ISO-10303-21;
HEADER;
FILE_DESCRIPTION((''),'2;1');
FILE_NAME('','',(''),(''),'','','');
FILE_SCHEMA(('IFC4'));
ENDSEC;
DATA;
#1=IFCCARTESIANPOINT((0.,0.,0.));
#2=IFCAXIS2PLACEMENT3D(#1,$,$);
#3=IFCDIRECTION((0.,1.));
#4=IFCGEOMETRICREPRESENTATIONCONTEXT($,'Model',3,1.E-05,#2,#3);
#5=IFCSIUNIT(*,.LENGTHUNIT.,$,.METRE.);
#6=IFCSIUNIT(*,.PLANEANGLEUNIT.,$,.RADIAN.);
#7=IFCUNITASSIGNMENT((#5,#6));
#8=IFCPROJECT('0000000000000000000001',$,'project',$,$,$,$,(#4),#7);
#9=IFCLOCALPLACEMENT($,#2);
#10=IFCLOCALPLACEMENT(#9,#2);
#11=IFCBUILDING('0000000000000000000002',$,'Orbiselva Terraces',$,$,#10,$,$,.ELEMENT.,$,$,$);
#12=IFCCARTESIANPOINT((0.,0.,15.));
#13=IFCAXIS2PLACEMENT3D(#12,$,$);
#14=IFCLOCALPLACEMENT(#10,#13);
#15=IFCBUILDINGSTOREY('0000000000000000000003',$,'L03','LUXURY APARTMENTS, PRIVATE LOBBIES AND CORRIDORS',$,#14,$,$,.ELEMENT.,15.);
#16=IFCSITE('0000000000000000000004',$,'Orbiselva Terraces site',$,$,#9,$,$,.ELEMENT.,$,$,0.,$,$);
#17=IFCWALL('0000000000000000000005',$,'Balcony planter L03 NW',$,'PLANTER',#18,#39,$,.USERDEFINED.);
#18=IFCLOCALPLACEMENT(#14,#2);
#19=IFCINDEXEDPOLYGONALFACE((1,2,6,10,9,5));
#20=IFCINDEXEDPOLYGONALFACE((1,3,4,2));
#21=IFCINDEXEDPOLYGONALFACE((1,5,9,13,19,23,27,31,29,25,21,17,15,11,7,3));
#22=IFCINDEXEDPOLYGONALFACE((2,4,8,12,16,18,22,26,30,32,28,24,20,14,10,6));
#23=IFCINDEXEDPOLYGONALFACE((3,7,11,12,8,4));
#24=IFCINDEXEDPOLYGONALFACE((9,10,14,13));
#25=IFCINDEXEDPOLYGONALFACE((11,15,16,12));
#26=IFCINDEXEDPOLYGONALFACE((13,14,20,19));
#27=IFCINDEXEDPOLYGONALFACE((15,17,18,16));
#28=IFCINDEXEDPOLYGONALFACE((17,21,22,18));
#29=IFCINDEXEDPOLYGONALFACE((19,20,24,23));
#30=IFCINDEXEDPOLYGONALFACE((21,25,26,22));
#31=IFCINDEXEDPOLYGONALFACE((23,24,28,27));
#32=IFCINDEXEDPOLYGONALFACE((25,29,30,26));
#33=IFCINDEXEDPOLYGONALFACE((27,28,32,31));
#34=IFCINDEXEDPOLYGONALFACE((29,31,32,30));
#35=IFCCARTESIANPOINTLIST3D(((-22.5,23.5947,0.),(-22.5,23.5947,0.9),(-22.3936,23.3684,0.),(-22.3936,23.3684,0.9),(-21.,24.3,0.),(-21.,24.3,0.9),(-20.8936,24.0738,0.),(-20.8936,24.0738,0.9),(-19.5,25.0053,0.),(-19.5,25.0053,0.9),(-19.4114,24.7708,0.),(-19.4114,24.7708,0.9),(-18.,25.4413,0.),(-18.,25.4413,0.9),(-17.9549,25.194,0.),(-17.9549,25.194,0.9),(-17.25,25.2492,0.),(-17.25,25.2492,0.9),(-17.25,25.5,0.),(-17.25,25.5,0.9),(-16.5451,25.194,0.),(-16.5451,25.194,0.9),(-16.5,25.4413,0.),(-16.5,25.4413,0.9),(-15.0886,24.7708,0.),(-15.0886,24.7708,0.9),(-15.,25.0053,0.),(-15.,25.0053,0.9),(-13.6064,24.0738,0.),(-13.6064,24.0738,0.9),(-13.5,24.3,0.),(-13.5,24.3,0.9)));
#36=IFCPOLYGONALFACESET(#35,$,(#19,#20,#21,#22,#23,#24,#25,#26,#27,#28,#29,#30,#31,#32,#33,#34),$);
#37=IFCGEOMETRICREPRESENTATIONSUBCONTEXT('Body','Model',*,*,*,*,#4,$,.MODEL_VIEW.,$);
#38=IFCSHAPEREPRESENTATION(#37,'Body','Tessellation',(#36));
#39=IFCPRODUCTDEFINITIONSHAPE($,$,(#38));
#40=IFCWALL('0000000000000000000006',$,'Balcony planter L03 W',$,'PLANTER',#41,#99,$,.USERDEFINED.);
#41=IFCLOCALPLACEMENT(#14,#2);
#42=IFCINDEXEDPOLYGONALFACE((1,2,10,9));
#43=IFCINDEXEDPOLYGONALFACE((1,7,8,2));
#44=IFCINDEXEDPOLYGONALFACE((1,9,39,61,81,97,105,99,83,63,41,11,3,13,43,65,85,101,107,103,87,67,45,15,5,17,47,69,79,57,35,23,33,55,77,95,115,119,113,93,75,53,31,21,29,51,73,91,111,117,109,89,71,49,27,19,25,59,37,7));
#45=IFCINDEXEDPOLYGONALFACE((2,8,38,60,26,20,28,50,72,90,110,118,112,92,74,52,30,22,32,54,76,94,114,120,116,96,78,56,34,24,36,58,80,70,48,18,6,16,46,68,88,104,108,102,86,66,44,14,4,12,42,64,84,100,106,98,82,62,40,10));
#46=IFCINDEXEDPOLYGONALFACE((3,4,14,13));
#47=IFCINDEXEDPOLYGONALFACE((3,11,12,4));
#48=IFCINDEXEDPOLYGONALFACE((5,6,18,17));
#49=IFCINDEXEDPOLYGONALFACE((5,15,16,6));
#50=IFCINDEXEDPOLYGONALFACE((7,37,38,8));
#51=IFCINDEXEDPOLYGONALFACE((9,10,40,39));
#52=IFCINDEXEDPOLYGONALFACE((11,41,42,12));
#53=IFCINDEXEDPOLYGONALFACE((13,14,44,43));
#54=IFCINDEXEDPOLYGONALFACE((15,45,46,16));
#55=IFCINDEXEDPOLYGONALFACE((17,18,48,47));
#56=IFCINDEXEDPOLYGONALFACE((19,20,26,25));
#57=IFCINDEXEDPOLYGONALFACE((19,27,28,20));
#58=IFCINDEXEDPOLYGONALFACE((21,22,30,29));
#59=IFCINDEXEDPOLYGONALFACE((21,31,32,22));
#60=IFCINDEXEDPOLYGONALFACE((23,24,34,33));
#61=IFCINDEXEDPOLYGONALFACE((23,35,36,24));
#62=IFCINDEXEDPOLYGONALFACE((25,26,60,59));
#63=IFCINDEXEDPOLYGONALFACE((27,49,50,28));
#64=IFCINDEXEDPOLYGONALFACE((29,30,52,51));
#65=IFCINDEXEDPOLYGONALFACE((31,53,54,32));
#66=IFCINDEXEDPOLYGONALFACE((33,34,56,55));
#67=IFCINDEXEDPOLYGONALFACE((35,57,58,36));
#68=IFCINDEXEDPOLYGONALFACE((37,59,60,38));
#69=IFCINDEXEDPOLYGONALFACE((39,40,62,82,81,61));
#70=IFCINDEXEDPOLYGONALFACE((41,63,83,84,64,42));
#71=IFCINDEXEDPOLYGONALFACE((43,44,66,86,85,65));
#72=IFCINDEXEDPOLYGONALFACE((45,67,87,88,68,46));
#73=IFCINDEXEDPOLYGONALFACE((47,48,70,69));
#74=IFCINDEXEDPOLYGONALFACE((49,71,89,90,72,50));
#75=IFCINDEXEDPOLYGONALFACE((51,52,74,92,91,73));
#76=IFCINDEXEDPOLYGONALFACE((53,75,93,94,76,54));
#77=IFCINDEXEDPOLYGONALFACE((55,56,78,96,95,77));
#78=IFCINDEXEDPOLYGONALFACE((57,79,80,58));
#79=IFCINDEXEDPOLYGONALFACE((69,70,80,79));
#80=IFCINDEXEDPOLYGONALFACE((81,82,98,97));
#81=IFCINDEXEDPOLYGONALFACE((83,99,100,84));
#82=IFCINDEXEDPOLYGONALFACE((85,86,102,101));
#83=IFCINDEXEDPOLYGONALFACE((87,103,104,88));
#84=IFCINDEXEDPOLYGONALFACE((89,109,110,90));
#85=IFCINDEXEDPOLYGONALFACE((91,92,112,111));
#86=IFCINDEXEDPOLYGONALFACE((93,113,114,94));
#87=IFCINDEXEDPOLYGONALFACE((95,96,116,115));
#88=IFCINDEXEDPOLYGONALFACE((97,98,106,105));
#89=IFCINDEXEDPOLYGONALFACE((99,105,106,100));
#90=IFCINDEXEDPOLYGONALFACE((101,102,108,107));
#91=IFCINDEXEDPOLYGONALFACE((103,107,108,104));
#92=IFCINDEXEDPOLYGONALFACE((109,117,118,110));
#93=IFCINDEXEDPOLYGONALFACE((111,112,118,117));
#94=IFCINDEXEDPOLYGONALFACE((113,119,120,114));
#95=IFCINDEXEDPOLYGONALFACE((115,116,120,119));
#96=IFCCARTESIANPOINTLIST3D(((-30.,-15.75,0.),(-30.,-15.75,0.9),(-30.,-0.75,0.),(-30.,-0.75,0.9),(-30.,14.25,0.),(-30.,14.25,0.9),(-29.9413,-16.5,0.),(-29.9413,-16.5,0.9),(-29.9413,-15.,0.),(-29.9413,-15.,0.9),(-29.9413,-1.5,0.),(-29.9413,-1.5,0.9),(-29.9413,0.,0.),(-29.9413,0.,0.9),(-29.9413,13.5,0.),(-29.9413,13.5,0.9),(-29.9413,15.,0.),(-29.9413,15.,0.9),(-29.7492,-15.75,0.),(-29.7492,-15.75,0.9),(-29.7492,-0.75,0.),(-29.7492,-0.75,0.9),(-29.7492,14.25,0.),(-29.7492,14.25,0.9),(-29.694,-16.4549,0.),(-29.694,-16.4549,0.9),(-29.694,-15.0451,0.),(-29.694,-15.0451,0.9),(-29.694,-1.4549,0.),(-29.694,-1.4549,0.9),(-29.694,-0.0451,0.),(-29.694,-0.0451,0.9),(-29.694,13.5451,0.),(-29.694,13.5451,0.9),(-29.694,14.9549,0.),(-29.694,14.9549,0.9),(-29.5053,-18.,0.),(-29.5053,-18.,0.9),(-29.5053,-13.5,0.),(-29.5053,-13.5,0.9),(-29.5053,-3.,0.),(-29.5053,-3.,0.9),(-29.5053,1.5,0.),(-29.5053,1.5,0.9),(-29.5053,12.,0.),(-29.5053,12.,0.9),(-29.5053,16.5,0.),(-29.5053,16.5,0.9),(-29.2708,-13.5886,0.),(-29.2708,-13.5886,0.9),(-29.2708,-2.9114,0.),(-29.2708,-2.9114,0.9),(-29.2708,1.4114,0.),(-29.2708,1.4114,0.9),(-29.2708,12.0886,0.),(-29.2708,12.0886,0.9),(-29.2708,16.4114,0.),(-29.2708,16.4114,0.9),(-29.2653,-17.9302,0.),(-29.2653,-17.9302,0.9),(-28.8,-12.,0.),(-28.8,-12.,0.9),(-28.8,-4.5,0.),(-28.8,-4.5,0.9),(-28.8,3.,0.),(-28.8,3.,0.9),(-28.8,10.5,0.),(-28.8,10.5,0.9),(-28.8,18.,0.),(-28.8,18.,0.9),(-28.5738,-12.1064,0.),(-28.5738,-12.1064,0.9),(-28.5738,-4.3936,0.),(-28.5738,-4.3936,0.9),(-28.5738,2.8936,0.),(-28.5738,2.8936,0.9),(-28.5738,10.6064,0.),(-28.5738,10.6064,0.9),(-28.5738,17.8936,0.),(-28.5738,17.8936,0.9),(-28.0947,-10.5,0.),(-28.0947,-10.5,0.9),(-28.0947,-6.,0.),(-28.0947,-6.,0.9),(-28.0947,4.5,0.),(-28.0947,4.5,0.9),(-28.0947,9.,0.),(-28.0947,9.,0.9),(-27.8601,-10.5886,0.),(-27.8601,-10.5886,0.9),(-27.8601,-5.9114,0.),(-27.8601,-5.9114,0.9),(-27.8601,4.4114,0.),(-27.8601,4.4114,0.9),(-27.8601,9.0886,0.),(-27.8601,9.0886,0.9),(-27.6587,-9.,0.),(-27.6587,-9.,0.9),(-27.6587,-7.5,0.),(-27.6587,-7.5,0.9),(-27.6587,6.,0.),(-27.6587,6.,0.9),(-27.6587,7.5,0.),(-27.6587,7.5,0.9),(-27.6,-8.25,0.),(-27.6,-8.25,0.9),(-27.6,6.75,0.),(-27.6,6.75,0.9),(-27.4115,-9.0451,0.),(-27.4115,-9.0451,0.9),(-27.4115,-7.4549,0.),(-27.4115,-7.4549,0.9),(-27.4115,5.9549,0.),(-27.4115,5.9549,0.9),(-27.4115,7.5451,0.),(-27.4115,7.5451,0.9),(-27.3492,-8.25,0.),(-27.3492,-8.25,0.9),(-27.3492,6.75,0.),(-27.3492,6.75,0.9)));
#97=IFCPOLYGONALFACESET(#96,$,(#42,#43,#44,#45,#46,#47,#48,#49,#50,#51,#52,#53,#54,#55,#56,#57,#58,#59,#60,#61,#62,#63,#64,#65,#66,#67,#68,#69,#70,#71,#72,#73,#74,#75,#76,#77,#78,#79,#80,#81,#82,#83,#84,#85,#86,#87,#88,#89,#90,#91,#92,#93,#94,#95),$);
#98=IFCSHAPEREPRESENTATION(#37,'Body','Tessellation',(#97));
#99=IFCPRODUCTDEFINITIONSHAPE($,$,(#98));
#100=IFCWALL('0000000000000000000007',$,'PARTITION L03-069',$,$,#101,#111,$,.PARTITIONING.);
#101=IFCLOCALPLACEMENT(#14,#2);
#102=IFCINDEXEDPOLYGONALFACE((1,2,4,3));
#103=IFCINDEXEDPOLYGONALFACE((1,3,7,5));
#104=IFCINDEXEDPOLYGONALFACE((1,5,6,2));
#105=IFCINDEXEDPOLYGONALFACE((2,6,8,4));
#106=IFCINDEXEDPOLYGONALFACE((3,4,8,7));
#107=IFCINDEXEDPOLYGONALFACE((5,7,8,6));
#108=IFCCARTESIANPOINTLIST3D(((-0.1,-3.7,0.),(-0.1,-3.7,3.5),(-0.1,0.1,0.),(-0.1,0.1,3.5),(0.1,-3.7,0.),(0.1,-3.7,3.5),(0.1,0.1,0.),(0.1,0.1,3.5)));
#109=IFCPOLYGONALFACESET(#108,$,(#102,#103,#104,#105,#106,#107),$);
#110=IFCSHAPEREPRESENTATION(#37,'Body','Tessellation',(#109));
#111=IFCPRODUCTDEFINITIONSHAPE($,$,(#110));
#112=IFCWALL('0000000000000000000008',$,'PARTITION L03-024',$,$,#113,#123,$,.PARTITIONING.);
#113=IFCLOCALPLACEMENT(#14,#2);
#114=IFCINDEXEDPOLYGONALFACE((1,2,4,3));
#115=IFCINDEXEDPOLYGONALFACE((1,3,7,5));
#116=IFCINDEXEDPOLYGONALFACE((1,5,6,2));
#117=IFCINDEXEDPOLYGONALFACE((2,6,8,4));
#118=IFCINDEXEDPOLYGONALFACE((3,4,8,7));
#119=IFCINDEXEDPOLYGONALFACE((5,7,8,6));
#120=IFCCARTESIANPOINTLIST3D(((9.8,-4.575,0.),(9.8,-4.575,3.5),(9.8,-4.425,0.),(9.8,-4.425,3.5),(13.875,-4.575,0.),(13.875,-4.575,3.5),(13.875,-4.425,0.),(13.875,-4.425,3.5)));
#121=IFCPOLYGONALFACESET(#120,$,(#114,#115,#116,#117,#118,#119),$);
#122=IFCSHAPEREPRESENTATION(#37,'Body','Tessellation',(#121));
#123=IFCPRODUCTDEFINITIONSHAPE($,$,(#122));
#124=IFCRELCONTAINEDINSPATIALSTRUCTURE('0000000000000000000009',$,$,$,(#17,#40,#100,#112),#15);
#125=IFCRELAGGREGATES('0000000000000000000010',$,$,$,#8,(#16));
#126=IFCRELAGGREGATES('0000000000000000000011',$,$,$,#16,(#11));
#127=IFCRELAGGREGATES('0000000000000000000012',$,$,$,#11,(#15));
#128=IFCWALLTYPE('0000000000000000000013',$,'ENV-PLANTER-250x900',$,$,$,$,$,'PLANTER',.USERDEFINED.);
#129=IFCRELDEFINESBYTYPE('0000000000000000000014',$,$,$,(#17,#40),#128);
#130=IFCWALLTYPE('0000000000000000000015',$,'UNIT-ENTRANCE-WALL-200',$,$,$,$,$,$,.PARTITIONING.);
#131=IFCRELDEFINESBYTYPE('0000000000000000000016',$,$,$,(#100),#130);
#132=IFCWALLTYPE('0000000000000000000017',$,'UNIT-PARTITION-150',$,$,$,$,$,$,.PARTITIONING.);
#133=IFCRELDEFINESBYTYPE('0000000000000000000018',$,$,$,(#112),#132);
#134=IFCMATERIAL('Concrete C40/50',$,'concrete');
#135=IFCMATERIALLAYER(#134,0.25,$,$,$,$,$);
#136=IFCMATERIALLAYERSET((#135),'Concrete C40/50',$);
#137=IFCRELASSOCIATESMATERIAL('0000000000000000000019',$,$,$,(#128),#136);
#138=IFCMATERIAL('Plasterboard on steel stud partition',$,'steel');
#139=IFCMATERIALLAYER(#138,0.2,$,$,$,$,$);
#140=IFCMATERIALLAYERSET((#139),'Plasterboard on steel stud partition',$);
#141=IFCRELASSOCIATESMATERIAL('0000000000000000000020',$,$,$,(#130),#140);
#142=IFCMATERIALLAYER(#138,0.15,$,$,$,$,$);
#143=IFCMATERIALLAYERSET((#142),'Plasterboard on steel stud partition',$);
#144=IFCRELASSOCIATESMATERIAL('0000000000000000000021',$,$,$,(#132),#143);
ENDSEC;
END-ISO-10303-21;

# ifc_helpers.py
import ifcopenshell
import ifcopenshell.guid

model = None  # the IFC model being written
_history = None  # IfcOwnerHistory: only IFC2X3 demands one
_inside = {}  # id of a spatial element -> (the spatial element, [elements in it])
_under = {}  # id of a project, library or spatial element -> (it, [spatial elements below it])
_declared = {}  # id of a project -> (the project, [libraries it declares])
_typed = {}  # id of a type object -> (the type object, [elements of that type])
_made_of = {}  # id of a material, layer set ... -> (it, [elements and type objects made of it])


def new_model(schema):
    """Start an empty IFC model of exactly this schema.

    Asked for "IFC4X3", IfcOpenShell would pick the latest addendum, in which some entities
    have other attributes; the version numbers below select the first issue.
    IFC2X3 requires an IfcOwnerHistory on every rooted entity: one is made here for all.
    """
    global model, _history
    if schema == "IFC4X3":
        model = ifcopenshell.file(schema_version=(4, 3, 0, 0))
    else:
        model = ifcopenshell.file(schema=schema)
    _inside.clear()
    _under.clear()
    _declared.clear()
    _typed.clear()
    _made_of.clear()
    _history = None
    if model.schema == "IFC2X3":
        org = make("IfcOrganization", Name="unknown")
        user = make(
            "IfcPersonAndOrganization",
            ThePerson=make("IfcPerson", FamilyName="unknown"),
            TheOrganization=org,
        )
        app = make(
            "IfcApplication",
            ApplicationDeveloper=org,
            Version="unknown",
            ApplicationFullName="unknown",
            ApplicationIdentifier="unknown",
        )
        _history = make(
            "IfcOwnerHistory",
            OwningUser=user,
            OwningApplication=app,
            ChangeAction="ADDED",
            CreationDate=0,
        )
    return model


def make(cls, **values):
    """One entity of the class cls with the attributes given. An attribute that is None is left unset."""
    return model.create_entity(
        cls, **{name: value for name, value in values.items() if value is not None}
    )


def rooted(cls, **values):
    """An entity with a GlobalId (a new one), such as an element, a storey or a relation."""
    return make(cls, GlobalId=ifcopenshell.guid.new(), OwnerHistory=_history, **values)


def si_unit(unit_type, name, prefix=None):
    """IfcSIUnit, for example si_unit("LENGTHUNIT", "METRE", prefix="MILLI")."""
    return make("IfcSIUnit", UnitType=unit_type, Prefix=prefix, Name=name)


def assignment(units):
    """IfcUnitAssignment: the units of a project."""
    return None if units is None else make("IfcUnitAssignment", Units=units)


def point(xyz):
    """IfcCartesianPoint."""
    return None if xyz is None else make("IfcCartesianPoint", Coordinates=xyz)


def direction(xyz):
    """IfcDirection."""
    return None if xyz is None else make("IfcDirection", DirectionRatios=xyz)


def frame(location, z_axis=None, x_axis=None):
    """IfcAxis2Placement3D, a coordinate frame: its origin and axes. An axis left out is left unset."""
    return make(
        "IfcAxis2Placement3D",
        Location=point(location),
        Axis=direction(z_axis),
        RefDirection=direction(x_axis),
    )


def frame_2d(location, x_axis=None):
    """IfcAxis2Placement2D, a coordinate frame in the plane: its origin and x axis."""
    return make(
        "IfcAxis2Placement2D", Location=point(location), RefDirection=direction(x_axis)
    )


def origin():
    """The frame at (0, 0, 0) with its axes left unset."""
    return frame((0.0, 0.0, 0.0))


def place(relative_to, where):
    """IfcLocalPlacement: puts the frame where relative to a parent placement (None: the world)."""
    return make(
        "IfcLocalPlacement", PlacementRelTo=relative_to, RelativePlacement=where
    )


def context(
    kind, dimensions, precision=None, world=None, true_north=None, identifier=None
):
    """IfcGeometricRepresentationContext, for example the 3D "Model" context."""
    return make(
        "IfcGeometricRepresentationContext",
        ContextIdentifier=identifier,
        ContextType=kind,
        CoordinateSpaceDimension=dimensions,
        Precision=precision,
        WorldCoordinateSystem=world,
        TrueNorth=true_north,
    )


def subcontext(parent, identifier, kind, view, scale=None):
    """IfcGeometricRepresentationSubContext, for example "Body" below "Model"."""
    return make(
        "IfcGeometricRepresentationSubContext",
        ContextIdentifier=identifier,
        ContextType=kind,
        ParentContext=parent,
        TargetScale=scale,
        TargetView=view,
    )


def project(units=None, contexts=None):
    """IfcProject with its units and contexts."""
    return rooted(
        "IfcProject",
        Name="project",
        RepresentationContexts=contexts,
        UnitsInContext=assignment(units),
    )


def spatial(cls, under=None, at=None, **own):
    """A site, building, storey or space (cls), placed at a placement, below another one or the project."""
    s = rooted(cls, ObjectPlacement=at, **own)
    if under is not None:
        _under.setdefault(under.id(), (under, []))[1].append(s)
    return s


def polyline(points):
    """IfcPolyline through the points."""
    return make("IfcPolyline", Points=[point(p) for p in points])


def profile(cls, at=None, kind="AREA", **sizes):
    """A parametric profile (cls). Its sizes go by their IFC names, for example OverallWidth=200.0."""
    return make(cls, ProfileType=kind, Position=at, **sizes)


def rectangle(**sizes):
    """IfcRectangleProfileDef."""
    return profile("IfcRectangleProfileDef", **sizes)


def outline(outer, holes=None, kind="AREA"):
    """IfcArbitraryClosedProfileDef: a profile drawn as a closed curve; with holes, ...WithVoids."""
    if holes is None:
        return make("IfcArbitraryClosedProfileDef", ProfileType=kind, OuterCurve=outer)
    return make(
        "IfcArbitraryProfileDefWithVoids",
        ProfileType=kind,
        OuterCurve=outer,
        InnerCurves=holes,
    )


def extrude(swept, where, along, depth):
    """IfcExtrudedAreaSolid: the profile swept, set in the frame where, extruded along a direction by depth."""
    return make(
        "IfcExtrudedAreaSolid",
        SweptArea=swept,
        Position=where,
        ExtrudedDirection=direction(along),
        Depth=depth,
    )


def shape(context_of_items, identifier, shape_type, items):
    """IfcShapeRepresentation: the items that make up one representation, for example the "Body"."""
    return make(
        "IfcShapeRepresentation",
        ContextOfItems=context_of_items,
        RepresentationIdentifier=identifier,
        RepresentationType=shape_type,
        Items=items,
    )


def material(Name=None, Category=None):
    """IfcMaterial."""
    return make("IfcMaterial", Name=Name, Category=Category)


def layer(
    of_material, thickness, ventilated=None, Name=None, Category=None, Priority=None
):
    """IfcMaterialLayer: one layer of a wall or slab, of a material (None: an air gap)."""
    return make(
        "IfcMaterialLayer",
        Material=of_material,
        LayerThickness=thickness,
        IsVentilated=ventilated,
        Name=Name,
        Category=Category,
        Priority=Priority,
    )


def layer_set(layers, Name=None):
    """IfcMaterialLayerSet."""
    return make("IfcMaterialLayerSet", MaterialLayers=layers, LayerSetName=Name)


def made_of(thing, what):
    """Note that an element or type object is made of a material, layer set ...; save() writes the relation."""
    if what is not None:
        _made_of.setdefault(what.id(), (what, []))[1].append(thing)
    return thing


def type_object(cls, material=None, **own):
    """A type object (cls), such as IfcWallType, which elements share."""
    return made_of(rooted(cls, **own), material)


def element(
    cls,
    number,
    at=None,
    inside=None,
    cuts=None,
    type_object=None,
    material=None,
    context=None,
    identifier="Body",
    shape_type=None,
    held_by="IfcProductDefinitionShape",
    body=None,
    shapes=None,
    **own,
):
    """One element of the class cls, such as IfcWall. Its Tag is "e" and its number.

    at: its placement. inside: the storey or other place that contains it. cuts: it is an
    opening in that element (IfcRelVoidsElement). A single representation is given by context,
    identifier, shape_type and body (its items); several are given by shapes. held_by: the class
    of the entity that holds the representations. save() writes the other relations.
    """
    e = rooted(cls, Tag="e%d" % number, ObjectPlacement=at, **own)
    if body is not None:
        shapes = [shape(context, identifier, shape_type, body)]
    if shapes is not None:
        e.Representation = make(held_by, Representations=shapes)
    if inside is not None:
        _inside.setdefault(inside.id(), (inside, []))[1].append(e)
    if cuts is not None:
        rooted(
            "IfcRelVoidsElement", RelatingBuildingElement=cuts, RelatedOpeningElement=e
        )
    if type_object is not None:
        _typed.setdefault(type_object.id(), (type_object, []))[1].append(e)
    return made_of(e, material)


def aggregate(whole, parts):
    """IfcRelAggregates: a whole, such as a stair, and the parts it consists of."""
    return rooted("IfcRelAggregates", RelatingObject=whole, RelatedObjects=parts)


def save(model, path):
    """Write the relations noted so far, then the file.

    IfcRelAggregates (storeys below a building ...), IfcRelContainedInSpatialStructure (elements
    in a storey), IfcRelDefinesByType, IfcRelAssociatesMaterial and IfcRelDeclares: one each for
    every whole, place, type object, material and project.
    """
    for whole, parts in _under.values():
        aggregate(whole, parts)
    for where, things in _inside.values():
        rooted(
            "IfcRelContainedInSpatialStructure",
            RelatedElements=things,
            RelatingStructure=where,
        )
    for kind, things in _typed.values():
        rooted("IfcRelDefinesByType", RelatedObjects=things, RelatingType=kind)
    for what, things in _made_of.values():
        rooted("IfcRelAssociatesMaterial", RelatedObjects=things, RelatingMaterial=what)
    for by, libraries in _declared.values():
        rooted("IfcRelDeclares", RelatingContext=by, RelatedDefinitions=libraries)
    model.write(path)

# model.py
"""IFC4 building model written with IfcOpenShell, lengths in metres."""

from ifc_helpers import new_model, si_unit, direction, frame, frame_2d, origin, place, context, subcontext, project, spatial, polyline, rectangle, outline, extrude, material, layer, layer_set, type_object, element, save


model = new_model("IFC4")

# Units and contexts
model_context = context("Model", 3, precision=1e-05, world=origin(), true_north=direction((0.0, 1.0)))
body_context = subcontext(model_context, "Body", "Model", "MODEL_VIEW")
ifc_project = project(units=[si_unit("LENGTHUNIT", "METRE"), si_unit("PLANEANGLEUNIT", "RADIAN")], contexts=[model_context])

# Site, building, storey
site_placement = place(None, origin())
site = spatial("IfcSite", under=ifc_project, at=site_placement, Name="Orbiselva Terraces site", CompositionType="ELEMENT", RefElevation=0.0)
building_placement = place(site_placement, origin())
building = spatial("IfcBuilding", under=site, at=building_placement, Name="Orbiselva Terraces", CompositionType="ELEMENT")
storey_placement = place(building_placement, frame((0.0, 0.0, 15.0)))
storey = spatial("IfcBuildingStorey", under=building, at=storey_placement, Name="L03", Description="LUXURY APARTMENTS, PRIVATE LOBBIES AND CORRIDORS", CompositionType="ELEMENT", Elevation=15.0)

# Shared definitions
ifc_material_1 = material(Name="Concrete C40/50", Category="concrete")

# Walls
ifc_layer_1 = layer(ifc_material_1, 0.25)
ifc_layer_set_1 = layer_set([ifc_layer_1], Name="Concrete C40/50")
wall_type_1 = type_object("IfcWallType", Name="ENV-PLANTER-250x900", ElementType="PLANTER", PredefinedType="USERDEFINED", material=ifc_layer_set_1)
wall_1_placement = place(storey_placement, origin())
element("IfcWall", 1, at=wall_1_placement, inside=storey, type_object=wall_type_1, Name="Balcony planter L03 NW", ObjectType="PLANTER", PredefinedType="USERDEFINED", context=body_context, shape_type="SweptSolid", body=[
    extrude(outline(polyline([(-13.5, 24.3), (-15.0, 25.0053), (-16.5, 25.4413), (-17.25, 25.5), (-18.0, 25.4413), (-19.5, 25.0053), (-21.0, 24.3), (-22.5, 23.5947), (-22.3936, 23.3684), (-20.8936, 24.0738), (-19.4114, 24.7708), (-17.9549, 25.194), (-17.25, 25.2492), (-16.5451, 25.194), (-15.0886, 24.7708), (-13.6064, 24.0738), (-13.5, 24.3)])), origin(), (0.0, 0.0, 1.0), 0.9),
])
wall_2_placement = place(storey_placement, origin())
element("IfcWall", 2, at=wall_2_placement, inside=storey, type_object=wall_type_1, Name="Balcony planter L03 W", ObjectType="PLANTER", PredefinedType="USERDEFINED", context=body_context, shape_type="SweptSolid", body=[
    extrude(outline(polyline([(-28.8, 18.0), (-29.5053, 16.5), (-29.9413, 15.0), (-30.0, 14.25), (-29.9413, 13.5), (-29.5053, 12.0), (-28.8, 10.5), (-28.0947, 9.0), (-27.6587, 7.5), (-27.6, 6.75), (-27.6587, 6.0), (-28.0947, 4.5), (-28.8, 3.0), (-29.5053, 1.5), (-29.9413, 0.0), (-30.0, -0.75), (-29.9413, -1.5), (-29.5053, -3.0), (-28.8, -4.5), (-28.0947, -6.0), (-27.6587, -7.5), (-27.6, -8.25), (-27.6587, -9.0), (-28.0947, -10.5), (-28.8, -12.0), (-29.5053, -13.5), (-29.9413, -15.0), (-30.0, -15.75), (-29.9413, -16.5), (-29.5053, -18.0), (-29.2653, -17.9302), (-29.694, -16.4549), (-29.7492, -15.75), (-29.694, -15.0451), (-29.2708, -13.5886), (-28.5738, -12.1064), (-27.8601, -10.5886), (-27.4115, -9.0451), (-27.3492, -8.25), (-27.4115, -7.4549), (-27.8601, -5.9114), (-28.5738, -4.3936), (-29.2708, -2.9114), (-29.694, -1.4549), (-29.7492, -0.75), (-29.694, -0.0451), (-29.2708, 1.4114), (-28.5738, 2.8936), (-27.8601, 4.4114), (-27.4115, 5.9549), (-27.3492, 6.75), (-27.4115, 7.5451), (-27.8601, 9.0886), (-28.5738, 10.6064), (-29.2708, 12.0886), (-29.694, 13.5451), (-29.7492, 14.25), (-29.694, 14.9549), (-29.2708, 16.4114), (-28.5738, 17.8936), (-28.8, 18.0)])), origin(), (0.0, 0.0, 1.0), 0.9),
])
ifc_material_2 = material(Name="Plasterboard on steel stud partition", Category="steel")
ifc_layer_2 = layer(ifc_material_2, 0.2)
ifc_layer_set_2 = layer_set([ifc_layer_2], Name="Plasterboard on steel stud partition")
wall_type_2 = type_object("IfcWallType", Name="UNIT-ENTRANCE-WALL-200", PredefinedType="PARTITIONING", material=ifc_layer_set_2)
wall_3_placement = place(storey_placement, frame((0.0, -3.7, 0.0), z_axis=(0.0, 0.0, 1.0), x_axis=(0.0, 1.0, 0.0)))
element("IfcWall", 3, at=wall_3_placement, inside=storey, type_object=wall_type_2, Name="PARTITION L03-069", PredefinedType="PARTITIONING", context=body_context, shape_type="SweptSolid", body=[
    extrude(rectangle(XDim=3.8, YDim=0.2, at=frame_2d((1.9, 0.0))), origin(), (0.0, 0.0, 1.0), 3.5),
])
ifc_layer_3 = layer(ifc_material_2, 0.15)
ifc_layer_set_3 = layer_set([ifc_layer_3], Name="Plasterboard on steel stud partition")
wall_type_3 = type_object("IfcWallType", Name="UNIT-PARTITION-150", PredefinedType="PARTITIONING", material=ifc_layer_set_3)
wall_4_placement = place(storey_placement, frame((9.8, -4.5, 0.0), z_axis=(0.0, 0.0, 1.0), x_axis=(1.0, 0.0, 0.0)))
element("IfcWall", 4, at=wall_4_placement, inside=storey, type_object=wall_type_3, Name="PARTITION L03-024", PredefinedType="PARTITIONING", context=body_context, shape_type="SweptSolid", body=[
    extrude(rectangle(XDim=4.075, YDim=0.15, at=frame_2d((2.0375, 0.0))), origin(), (0.0, 0.0, 1.0), 3.5),
])

save(model, "model.ifc")
